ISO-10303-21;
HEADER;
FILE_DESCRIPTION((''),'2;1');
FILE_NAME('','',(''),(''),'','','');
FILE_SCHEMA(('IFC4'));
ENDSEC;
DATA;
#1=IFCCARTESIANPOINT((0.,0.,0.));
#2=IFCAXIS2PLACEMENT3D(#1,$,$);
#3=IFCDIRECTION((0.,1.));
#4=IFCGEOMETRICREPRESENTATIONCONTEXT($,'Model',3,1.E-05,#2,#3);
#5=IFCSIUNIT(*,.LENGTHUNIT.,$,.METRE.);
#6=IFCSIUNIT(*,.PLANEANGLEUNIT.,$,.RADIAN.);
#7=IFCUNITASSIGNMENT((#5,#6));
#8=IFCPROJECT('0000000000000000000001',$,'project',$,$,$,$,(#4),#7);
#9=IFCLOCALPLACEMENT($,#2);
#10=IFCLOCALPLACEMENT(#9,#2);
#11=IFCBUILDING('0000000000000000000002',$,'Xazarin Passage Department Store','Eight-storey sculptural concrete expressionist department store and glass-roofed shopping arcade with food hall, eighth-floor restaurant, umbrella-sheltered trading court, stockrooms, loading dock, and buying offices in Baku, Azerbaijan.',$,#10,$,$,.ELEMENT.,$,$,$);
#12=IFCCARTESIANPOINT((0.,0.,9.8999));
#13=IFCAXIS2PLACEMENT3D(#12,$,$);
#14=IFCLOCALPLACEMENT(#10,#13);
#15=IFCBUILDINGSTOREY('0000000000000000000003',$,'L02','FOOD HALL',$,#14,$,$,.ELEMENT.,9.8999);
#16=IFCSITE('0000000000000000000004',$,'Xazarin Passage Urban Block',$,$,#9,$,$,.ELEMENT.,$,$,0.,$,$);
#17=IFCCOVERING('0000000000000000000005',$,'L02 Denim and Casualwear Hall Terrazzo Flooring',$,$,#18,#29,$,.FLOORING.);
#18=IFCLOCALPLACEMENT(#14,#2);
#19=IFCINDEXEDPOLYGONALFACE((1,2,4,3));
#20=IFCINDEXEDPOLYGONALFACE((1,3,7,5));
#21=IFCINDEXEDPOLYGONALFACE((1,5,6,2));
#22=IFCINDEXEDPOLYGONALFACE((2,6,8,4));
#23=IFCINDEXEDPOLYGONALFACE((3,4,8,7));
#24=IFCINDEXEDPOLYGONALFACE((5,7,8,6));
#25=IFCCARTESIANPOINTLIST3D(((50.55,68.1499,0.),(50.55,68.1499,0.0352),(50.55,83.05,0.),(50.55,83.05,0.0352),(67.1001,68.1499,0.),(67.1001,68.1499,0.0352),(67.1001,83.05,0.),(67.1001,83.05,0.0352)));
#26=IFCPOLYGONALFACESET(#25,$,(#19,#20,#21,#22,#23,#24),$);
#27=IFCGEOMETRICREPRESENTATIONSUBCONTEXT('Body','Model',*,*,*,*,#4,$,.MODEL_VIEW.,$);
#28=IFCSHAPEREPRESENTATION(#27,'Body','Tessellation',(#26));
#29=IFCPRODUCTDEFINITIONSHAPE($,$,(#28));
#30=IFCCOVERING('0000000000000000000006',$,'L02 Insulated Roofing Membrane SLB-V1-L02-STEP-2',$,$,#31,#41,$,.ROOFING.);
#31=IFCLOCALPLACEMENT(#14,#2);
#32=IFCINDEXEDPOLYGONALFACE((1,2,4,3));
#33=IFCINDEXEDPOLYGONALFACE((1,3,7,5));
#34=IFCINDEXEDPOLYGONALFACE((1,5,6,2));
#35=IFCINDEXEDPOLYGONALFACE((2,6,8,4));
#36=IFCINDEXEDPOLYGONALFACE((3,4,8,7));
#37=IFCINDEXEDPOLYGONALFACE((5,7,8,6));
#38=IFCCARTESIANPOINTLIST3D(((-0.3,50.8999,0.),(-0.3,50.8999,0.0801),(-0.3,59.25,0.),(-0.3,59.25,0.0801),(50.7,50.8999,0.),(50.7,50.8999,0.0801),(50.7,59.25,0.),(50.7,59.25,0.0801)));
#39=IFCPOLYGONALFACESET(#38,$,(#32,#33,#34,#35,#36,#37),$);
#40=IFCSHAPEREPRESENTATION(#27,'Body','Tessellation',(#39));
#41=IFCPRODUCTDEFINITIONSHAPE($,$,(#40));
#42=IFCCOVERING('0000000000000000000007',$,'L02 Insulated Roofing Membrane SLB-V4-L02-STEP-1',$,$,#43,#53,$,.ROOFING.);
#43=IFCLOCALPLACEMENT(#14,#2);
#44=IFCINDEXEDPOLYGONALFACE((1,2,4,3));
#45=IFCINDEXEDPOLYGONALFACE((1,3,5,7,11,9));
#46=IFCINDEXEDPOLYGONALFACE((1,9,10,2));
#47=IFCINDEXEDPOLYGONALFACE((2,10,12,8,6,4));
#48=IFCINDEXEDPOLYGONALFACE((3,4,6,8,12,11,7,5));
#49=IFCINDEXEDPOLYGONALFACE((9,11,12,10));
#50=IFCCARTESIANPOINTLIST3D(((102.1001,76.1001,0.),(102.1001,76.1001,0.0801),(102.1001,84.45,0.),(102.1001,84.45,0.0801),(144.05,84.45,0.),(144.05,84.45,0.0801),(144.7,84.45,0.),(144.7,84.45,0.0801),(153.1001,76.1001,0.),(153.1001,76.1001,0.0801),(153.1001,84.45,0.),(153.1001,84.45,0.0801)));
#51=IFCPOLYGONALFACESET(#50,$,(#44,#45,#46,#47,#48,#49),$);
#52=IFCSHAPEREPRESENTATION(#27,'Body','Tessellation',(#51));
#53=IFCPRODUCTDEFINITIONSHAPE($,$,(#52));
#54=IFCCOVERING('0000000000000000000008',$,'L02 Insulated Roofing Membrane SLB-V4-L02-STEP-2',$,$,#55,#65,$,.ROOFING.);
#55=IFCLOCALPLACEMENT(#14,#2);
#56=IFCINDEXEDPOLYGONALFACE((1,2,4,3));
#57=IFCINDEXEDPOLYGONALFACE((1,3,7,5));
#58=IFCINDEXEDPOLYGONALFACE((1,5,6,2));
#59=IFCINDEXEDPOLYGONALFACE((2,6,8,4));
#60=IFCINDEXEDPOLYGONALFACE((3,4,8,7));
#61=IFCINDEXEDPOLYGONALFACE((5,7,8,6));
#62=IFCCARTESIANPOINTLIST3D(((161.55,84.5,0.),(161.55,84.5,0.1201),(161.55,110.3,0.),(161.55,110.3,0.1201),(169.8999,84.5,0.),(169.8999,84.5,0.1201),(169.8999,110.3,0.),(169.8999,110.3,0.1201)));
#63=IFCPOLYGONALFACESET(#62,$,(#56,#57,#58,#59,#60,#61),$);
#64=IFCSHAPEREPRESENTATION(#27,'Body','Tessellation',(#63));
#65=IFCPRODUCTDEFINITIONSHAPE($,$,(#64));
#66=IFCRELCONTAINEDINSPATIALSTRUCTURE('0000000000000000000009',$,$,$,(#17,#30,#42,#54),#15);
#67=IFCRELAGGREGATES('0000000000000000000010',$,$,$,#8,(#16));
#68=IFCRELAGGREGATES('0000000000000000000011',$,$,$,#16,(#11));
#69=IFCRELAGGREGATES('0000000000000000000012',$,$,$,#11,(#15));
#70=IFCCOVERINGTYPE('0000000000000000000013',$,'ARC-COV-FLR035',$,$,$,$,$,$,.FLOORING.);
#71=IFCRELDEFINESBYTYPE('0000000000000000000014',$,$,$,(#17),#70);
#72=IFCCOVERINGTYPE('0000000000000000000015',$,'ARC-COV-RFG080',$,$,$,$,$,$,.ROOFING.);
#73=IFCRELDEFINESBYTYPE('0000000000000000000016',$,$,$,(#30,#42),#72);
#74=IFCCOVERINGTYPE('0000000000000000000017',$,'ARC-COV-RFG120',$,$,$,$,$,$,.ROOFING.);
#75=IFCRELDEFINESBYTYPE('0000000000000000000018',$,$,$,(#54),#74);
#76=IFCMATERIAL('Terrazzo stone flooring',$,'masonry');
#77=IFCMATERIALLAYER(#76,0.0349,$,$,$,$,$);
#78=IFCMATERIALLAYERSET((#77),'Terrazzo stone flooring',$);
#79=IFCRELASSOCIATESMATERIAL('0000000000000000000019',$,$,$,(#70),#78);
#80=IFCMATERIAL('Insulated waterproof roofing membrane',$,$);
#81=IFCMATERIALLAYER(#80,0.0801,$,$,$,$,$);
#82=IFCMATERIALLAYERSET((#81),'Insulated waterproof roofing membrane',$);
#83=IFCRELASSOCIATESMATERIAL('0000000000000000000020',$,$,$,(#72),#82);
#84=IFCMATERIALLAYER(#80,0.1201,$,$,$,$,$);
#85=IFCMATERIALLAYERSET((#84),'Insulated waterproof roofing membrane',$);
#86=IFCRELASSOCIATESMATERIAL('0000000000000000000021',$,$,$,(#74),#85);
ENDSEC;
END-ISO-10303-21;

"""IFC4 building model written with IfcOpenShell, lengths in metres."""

from ifc_helpers import new_model, si_unit, direction, frame, origin, place, context, subcontext, project, spatial, polyline, outline, extrude, material, layer, layer_set, type_object, element, save


model = new_model("IFC4")

# Units and contexts
model_context = context("Model", 3, precision=1e-05, world=origin(), true_north=direction((0.0, 1.0)))
body_context = subcontext(model_context, "Body", "Model", "MODEL_VIEW")
ifc_project = project(units=[si_unit("LENGTHUNIT", "METRE"), si_unit("PLANEANGLEUNIT", "RADIAN")], contexts=[model_context])

# Site, building, storey
site_placement = place(None, origin())
site = spatial("IfcSite", under=ifc_project, at=site_placement, Name="Xazarin Passage Urban Block", CompositionType="ELEMENT", RefElevation=0.0)
building_placement = place(site_placement, origin())
building = spatial("IfcBuilding", under=site, at=building_placement, Name="Xazarin Passage Department Store", Description="Eight-storey sculptural concrete expressionist department store and glass-roofed shopping arcade with food hall, eighth-floor restaurant, umbrella-sheltered trading court, stockrooms, loading dock, and buying offices in Baku, Azerbaijan.", CompositionType="ELEMENT")
storey_placement = place(building_placement, frame((0.0, 0.0, 9.8999)))
storey = spatial("IfcBuildingStorey", under=building, at=storey_placement, Name="L02", Description="FOOD HALL", CompositionType="ELEMENT", Elevation=9.8999)

# Coverings
ifc_material_1 = material(Name="Terrazzo stone flooring", Category="masonry")
ifc_layer_1 = layer(ifc_material_1, 0.0349)
ifc_layer_set_1 = layer_set([ifc_layer_1], Name="Terrazzo stone flooring")
covering_type_1 = type_object("IfcCoveringType", Name="ARC-COV-FLR035", PredefinedType="FLOORING", material=ifc_layer_set_1)
covering_1_placement = place(storey_placement, origin())
element("IfcCovering", 1, at=covering_1_placement, inside=storey, type_object=covering_type_1, Name="L02 Denim and Casualwear Hall Terrazzo Flooring", PredefinedType="FLOORING", context=body_context, shape_type="SweptSolid", body=[
    extrude(outline(polyline([(50.55, 68.1499), (67.1001, 68.1499), (67.1001, 83.05), (50.55, 83.05), (50.55, 68.1499)])), origin(), (0.0, 0.0, 1.0), 0.0352),
])
ifc_material_2 = material(Name="Insulated waterproof roofing membrane")
ifc_layer_2 = layer(ifc_material_2, 0.0801)
ifc_layer_set_2 = layer_set([ifc_layer_2], Name="Insulated waterproof roofing membrane")
covering_type_2 = type_object("IfcCoveringType", Name="ARC-COV-RFG080", PredefinedType="ROOFING", material=ifc_layer_set_2)
covering_2_placement = place(storey_placement, origin())
element("IfcCovering", 2, at=covering_2_placement, inside=storey, type_object=covering_type_2, Name="L02 Insulated Roofing Membrane SLB-V1-L02-STEP-2", PredefinedType="ROOFING", context=body_context, shape_type="SweptSolid", body=[
    extrude(outline(polyline([(-0.3, 59.25), (-0.3, 50.8999), (50.7, 50.8999), (50.7, 59.25), (-0.3, 59.25)])), origin(), (0.0, 0.0, 1.0), 0.0801),
])
covering_3_placement = place(storey_placement, origin())
element("IfcCovering", 3, at=covering_3_placement, inside=storey, type_object=covering_type_2, Name="L02 Insulated Roofing Membrane SLB-V4-L02-STEP-1", PredefinedType="ROOFING", context=body_context, shape_type="SweptSolid", body=[
    extrude(outline(polyline([(153.1001, 76.1001), (153.1001, 84.45), (144.7, 84.45), (144.05, 84.45), (102.1001, 84.45), (102.1001, 76.1001), (153.1001, 76.1001)])), origin(), (0.0, 0.0, 1.0), 0.0801),
])
ifc_layer_3 = layer(ifc_material_2, 0.1201)
ifc_layer_set_3 = layer_set([ifc_layer_3], Name="Insulated waterproof roofing membrane")
covering_type_3 = type_object("IfcCoveringType", Name="ARC-COV-RFG120", PredefinedType="ROOFING", material=ifc_layer_set_3)
covering_4_placement = place(storey_placement, origin())
element("IfcCovering", 4, at=covering_4_placement, inside=storey, type_object=covering_type_3, Name="L02 Insulated Roofing Membrane SLB-V4-L02-STEP-2", PredefinedType="ROOFING", context=body_context, shape_type="SweptSolid", body=[
    extrude(outline(polyline([(161.55, 84.5), (169.8999, 84.5), (169.8999, 110.3), (161.55, 110.3), (161.55, 84.5)])), origin(), (0.0, 0.0, 1.0), 0.1201),
])

save(model, "model.ifc")
